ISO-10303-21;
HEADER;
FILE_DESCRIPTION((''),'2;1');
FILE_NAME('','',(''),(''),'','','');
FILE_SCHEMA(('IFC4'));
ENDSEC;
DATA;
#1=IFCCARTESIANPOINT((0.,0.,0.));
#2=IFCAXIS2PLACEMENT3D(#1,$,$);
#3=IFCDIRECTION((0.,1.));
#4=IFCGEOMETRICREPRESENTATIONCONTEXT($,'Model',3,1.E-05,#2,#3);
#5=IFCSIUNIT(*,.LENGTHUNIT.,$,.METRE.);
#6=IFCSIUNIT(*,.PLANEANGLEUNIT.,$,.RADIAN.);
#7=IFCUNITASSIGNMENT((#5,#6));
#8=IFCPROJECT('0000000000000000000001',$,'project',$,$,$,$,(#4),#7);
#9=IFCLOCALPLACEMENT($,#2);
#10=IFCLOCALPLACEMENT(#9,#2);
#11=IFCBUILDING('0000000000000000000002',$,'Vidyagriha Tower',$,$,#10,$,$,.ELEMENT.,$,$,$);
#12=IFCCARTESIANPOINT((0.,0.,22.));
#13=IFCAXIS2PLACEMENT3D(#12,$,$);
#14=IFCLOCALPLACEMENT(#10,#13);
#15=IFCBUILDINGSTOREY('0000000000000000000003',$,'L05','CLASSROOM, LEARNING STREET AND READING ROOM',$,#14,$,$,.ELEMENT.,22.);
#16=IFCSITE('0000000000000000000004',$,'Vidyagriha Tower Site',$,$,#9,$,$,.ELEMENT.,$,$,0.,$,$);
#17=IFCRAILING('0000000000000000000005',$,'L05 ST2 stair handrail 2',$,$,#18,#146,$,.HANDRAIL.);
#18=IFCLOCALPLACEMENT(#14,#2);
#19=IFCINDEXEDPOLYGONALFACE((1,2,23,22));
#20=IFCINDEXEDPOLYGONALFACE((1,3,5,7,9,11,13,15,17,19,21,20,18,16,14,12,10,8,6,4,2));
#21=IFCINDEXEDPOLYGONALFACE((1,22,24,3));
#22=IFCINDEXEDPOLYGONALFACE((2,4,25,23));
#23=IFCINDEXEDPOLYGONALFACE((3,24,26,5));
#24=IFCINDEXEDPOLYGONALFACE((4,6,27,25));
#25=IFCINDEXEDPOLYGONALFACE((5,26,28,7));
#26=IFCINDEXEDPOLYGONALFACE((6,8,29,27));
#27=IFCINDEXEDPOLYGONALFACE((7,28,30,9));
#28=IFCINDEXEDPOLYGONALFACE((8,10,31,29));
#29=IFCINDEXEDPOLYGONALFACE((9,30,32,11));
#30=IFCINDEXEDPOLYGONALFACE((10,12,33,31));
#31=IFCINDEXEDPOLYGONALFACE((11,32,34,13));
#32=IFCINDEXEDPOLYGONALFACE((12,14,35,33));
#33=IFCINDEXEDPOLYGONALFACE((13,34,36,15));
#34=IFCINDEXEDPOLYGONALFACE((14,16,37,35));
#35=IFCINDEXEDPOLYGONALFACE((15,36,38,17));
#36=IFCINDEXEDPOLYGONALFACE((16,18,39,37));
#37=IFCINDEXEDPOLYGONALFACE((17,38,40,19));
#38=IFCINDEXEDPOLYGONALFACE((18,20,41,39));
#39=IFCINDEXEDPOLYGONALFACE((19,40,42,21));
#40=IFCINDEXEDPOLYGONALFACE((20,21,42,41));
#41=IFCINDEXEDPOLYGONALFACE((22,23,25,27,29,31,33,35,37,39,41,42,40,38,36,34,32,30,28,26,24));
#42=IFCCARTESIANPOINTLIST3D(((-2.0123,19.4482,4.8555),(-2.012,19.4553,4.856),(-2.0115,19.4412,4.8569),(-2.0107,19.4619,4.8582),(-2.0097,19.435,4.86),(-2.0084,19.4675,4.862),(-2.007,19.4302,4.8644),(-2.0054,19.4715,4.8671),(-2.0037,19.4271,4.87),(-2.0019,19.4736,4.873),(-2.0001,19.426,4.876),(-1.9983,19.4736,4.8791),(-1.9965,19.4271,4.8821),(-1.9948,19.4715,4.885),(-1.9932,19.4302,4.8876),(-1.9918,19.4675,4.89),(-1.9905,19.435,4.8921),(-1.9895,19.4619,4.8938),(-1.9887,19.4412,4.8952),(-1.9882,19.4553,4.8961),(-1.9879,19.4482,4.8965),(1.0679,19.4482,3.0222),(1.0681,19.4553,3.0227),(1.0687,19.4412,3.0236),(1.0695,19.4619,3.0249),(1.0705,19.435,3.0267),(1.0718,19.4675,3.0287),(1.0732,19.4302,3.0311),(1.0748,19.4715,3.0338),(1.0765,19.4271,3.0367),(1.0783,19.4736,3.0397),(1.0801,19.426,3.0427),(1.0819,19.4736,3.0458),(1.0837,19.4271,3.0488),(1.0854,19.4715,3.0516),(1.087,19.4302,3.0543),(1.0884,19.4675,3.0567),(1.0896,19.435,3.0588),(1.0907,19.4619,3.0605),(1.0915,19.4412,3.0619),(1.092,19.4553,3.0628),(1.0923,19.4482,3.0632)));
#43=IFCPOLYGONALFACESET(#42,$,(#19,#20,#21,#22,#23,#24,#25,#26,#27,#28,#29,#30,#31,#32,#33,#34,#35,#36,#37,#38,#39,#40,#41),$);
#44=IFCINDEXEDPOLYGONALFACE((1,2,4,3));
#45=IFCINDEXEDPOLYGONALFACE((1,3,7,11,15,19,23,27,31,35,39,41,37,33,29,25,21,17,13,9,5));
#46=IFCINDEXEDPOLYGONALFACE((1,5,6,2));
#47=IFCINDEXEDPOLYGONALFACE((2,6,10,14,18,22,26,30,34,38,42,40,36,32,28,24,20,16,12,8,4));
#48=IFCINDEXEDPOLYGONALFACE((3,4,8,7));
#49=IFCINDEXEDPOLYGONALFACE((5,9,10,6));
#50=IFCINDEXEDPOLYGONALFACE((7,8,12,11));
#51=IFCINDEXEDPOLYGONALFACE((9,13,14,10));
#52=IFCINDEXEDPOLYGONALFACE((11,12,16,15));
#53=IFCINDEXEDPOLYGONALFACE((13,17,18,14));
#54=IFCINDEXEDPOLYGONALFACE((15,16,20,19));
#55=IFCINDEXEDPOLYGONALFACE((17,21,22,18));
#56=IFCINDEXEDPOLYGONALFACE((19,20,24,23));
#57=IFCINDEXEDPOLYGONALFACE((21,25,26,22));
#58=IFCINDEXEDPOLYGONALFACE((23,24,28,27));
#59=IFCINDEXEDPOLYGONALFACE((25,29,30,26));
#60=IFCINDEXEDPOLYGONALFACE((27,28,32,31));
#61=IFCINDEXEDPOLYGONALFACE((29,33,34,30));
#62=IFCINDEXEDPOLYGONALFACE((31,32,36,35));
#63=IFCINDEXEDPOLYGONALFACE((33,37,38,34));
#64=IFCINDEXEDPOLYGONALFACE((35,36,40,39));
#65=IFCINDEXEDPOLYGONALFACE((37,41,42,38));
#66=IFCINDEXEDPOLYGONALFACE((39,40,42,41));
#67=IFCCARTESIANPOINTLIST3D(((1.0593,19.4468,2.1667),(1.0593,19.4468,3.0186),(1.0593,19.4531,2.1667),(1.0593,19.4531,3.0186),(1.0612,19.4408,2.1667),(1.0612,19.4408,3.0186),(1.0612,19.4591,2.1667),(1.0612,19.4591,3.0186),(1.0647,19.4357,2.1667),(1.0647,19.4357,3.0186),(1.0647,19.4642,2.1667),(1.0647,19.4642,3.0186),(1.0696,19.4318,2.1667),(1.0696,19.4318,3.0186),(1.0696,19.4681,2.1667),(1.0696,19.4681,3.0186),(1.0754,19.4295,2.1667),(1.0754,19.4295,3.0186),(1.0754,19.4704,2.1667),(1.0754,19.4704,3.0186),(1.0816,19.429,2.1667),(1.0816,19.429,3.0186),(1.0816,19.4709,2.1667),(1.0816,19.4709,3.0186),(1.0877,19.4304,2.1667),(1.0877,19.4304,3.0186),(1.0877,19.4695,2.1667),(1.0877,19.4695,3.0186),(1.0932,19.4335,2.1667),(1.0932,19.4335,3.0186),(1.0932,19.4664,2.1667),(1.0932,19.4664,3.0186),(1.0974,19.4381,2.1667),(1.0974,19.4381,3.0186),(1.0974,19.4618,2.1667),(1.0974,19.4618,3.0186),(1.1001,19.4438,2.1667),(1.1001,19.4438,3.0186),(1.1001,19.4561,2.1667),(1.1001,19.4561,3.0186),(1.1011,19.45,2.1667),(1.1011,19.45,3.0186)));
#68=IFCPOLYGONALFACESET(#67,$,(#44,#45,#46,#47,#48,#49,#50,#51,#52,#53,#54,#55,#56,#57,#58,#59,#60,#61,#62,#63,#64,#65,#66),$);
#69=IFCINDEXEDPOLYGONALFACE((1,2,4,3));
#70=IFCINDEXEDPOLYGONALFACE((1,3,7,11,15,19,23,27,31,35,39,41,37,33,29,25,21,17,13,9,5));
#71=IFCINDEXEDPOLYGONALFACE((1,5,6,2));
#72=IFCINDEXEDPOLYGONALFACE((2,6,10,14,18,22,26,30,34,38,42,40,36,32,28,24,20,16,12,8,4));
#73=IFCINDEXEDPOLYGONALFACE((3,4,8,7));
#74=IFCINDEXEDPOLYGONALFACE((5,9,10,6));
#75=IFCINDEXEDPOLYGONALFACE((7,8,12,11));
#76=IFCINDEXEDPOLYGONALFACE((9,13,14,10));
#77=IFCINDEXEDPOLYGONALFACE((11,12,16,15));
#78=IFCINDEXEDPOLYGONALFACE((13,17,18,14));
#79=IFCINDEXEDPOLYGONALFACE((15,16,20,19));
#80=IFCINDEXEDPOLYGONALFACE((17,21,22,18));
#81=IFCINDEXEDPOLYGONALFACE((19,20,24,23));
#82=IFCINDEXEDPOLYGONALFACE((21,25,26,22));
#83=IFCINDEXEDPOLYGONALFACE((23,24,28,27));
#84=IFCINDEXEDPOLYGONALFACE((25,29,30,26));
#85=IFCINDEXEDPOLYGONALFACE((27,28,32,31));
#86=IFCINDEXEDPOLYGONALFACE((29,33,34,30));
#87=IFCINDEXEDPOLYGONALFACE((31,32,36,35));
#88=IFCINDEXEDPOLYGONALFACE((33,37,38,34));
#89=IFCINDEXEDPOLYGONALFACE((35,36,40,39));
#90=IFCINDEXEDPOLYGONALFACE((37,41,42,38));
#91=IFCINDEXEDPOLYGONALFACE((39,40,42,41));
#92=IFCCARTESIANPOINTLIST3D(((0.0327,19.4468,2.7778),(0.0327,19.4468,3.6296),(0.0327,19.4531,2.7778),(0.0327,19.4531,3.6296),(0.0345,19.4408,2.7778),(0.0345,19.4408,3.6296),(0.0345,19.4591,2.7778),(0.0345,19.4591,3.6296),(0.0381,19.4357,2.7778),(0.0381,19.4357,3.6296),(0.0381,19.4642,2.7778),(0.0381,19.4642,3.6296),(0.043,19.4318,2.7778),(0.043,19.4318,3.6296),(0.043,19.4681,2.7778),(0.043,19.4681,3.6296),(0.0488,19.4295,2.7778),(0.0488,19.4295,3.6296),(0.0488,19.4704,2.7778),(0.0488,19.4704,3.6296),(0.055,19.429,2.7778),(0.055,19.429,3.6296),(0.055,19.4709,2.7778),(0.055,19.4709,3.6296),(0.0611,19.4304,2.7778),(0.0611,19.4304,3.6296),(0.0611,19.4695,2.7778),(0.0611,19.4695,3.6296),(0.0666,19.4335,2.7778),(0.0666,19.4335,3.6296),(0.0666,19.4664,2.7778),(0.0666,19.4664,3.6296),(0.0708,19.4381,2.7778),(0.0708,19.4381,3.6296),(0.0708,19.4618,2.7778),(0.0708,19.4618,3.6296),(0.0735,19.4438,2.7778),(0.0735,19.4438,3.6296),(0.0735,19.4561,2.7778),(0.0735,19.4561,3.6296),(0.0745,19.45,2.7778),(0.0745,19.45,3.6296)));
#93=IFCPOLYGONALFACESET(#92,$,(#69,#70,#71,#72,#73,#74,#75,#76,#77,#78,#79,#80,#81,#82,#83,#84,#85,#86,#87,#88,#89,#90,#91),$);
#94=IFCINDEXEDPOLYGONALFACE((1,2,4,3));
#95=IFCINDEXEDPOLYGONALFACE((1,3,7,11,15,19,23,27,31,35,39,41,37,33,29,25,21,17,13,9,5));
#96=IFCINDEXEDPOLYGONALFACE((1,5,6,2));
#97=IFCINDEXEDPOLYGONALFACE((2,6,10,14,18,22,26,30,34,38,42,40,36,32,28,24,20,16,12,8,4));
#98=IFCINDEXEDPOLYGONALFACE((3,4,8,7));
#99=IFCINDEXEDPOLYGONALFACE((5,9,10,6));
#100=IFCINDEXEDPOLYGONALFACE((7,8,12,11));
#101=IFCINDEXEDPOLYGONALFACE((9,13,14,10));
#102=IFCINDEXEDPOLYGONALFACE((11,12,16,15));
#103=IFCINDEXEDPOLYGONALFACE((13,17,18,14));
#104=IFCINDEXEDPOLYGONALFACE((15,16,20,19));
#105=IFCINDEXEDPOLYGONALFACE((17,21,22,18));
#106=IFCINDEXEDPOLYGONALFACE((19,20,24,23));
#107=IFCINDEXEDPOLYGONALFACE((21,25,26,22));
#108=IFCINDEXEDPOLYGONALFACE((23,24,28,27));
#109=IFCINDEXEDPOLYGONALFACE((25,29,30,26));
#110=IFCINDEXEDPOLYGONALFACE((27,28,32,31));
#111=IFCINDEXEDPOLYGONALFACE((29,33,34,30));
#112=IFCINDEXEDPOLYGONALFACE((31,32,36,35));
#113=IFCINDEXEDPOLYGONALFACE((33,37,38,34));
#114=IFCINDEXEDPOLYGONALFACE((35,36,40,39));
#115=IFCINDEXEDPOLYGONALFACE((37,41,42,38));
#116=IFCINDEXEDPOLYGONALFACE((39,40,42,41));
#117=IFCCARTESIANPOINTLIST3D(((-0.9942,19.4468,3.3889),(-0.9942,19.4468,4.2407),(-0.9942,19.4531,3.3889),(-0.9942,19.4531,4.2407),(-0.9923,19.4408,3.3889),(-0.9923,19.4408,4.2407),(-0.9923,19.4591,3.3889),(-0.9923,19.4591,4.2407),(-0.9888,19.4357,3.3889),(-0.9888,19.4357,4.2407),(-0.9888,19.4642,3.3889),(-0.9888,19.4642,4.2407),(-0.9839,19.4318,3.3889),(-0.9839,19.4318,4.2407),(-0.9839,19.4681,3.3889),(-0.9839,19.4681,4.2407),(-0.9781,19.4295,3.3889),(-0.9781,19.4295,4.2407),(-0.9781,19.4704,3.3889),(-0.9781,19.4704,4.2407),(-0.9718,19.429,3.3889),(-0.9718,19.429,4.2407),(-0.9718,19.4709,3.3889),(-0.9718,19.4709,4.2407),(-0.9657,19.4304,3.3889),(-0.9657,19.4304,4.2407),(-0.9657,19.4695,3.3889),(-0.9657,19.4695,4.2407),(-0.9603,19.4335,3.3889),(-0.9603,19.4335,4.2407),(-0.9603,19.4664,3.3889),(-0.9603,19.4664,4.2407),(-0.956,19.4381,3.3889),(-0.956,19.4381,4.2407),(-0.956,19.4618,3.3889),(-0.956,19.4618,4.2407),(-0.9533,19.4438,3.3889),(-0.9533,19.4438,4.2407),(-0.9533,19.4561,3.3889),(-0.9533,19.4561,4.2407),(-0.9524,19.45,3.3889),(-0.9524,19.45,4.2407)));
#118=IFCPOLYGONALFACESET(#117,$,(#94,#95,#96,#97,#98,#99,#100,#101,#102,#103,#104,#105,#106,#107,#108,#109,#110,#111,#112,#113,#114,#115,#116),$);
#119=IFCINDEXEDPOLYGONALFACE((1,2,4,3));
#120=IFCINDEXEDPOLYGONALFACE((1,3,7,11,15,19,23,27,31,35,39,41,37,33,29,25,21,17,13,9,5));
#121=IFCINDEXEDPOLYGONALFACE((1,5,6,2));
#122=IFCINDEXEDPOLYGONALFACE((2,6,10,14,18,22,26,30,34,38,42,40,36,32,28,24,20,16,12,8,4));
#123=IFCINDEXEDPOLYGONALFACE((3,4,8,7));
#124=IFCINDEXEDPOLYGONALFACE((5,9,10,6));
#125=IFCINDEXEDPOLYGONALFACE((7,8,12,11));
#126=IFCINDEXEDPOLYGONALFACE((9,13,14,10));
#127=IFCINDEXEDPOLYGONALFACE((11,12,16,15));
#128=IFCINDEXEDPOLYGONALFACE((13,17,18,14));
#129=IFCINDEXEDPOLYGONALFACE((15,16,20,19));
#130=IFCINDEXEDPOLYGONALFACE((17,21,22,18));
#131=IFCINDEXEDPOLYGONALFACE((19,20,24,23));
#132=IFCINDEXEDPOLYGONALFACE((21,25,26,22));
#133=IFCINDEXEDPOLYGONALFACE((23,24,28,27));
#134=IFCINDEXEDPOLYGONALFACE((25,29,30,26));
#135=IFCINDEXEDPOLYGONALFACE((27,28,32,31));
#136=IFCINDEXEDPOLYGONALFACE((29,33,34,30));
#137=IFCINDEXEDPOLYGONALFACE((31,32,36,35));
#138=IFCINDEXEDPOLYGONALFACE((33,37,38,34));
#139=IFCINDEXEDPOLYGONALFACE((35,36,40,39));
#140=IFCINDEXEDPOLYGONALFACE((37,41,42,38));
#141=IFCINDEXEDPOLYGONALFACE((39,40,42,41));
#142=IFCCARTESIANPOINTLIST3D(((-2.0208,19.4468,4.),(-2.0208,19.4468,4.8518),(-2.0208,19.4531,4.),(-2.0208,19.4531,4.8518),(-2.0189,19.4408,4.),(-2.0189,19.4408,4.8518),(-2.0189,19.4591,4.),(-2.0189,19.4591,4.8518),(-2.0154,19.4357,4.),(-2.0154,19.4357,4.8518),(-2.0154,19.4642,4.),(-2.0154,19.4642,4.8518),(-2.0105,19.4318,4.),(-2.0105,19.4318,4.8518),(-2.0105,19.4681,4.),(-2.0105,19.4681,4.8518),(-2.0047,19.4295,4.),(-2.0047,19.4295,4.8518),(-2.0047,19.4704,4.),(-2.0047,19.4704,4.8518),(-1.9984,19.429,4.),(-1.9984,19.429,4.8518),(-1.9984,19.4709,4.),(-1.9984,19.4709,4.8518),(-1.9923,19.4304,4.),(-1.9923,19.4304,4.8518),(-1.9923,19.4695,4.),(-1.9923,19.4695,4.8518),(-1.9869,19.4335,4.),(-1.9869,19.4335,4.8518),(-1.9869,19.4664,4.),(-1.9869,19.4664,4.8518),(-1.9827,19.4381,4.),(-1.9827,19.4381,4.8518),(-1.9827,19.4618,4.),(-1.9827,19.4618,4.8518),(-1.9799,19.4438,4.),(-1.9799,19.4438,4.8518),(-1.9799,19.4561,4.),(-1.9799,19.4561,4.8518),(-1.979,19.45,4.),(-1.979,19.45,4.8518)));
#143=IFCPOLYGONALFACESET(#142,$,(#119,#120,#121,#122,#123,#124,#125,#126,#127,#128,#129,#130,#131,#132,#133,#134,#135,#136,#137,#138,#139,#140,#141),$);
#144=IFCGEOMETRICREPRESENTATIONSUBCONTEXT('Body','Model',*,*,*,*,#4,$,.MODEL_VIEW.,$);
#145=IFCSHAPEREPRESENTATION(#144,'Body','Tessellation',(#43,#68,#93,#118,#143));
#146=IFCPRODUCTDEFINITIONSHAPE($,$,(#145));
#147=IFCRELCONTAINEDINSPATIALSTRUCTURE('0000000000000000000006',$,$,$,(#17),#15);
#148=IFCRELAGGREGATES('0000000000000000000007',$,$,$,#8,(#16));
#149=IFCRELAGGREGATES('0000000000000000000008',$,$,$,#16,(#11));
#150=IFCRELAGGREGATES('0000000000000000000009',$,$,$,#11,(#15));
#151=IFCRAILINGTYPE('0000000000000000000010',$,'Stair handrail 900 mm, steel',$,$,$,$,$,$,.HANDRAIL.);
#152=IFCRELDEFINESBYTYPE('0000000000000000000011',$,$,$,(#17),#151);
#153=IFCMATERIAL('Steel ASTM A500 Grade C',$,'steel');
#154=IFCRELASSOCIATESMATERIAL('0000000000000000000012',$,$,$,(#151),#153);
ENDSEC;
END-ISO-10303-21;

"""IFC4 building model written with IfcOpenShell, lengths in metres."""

from ifc_helpers import new_model, si_unit, direction, frame, origin, origin_2d, place, context, subcontext, project, spatial, circle, extrude, material, type_object, element, save


model = new_model("IFC4")

# Units and contexts
model_context = context("Model", 3, precision=1e-05, world=origin(), true_north=direction((0.0, 1.0)))
body_context = subcontext(model_context, "Body", "Model", "MODEL_VIEW")
ifc_project = project(units=[si_unit("LENGTHUNIT", "METRE"), si_unit("PLANEANGLEUNIT", "RADIAN")], contexts=[model_context])

# Site, building, storey
site_placement = place(None, origin())
site = spatial("IfcSite", under=ifc_project, at=site_placement, Name="Vidyagriha Tower Site", CompositionType="ELEMENT", RefElevation=0.0)
building_placement = place(site_placement, origin())
building = spatial("IfcBuilding", under=site, at=building_placement, Name="Vidyagriha Tower", CompositionType="ELEMENT")
storey_placement = place(building_placement, frame((0.0, 0.0, 22.0)))
storey = spatial("IfcBuildingStorey", under=building, at=storey_placement, Name="L05", Description="CLASSROOM, LEARNING STREET AND READING ROOM", CompositionType="ELEMENT", Elevation=22.0)

# Railing
ifc_material_1 = material(Name="Steel ASTM A500 Grade C", Category="steel")
railing_type_1 = type_object("IfcRailingType", Name="Stair handrail 900 mm, steel", PredefinedType="HANDRAIL", material=ifc_material_1)
railing_1_placement = place(storey_placement, frame((1.0801, 19.45, 2.1667)))
element("IfcRailing", 1, at=railing_1_placement, inside=storey, type_object=railing_type_1, Name="L05 ST2 stair handrail 2", PredefinedType="HANDRAIL", context=body_context, shape_type="SweptSolid", body=[
    extrude(circle(Radius=0.0239, at=origin_2d()), frame((0.0, 0.0, 0.876), z_axis=(-0.859309, 0.0, 0.511458), x_axis=(0.0, -1.0, 0.0)), (0.0, 0.0, 1.0), 3.5845),
    extrude(circle(Radius=0.021, at=origin_2d()), origin(), (0.0, 0.0, 1.0), 0.8518),
    extrude(circle(Radius=0.021, at=origin_2d()), frame((-1.0266, 0.0, 0.6111)), (0.0, 0.0, 1.0), 0.8518),
    extrude(circle(Radius=0.021, at=origin_2d()), frame((-2.0535, 0.0, 1.2222)), (0.0, 0.0, 1.0), 0.8518),
    extrude(circle(Radius=0.021, at=origin_2d()), frame((-3.0801, 0.0, 1.8333)), (0.0, 0.0, 1.0), 0.8518),
])

save(model, "model.ifc")
